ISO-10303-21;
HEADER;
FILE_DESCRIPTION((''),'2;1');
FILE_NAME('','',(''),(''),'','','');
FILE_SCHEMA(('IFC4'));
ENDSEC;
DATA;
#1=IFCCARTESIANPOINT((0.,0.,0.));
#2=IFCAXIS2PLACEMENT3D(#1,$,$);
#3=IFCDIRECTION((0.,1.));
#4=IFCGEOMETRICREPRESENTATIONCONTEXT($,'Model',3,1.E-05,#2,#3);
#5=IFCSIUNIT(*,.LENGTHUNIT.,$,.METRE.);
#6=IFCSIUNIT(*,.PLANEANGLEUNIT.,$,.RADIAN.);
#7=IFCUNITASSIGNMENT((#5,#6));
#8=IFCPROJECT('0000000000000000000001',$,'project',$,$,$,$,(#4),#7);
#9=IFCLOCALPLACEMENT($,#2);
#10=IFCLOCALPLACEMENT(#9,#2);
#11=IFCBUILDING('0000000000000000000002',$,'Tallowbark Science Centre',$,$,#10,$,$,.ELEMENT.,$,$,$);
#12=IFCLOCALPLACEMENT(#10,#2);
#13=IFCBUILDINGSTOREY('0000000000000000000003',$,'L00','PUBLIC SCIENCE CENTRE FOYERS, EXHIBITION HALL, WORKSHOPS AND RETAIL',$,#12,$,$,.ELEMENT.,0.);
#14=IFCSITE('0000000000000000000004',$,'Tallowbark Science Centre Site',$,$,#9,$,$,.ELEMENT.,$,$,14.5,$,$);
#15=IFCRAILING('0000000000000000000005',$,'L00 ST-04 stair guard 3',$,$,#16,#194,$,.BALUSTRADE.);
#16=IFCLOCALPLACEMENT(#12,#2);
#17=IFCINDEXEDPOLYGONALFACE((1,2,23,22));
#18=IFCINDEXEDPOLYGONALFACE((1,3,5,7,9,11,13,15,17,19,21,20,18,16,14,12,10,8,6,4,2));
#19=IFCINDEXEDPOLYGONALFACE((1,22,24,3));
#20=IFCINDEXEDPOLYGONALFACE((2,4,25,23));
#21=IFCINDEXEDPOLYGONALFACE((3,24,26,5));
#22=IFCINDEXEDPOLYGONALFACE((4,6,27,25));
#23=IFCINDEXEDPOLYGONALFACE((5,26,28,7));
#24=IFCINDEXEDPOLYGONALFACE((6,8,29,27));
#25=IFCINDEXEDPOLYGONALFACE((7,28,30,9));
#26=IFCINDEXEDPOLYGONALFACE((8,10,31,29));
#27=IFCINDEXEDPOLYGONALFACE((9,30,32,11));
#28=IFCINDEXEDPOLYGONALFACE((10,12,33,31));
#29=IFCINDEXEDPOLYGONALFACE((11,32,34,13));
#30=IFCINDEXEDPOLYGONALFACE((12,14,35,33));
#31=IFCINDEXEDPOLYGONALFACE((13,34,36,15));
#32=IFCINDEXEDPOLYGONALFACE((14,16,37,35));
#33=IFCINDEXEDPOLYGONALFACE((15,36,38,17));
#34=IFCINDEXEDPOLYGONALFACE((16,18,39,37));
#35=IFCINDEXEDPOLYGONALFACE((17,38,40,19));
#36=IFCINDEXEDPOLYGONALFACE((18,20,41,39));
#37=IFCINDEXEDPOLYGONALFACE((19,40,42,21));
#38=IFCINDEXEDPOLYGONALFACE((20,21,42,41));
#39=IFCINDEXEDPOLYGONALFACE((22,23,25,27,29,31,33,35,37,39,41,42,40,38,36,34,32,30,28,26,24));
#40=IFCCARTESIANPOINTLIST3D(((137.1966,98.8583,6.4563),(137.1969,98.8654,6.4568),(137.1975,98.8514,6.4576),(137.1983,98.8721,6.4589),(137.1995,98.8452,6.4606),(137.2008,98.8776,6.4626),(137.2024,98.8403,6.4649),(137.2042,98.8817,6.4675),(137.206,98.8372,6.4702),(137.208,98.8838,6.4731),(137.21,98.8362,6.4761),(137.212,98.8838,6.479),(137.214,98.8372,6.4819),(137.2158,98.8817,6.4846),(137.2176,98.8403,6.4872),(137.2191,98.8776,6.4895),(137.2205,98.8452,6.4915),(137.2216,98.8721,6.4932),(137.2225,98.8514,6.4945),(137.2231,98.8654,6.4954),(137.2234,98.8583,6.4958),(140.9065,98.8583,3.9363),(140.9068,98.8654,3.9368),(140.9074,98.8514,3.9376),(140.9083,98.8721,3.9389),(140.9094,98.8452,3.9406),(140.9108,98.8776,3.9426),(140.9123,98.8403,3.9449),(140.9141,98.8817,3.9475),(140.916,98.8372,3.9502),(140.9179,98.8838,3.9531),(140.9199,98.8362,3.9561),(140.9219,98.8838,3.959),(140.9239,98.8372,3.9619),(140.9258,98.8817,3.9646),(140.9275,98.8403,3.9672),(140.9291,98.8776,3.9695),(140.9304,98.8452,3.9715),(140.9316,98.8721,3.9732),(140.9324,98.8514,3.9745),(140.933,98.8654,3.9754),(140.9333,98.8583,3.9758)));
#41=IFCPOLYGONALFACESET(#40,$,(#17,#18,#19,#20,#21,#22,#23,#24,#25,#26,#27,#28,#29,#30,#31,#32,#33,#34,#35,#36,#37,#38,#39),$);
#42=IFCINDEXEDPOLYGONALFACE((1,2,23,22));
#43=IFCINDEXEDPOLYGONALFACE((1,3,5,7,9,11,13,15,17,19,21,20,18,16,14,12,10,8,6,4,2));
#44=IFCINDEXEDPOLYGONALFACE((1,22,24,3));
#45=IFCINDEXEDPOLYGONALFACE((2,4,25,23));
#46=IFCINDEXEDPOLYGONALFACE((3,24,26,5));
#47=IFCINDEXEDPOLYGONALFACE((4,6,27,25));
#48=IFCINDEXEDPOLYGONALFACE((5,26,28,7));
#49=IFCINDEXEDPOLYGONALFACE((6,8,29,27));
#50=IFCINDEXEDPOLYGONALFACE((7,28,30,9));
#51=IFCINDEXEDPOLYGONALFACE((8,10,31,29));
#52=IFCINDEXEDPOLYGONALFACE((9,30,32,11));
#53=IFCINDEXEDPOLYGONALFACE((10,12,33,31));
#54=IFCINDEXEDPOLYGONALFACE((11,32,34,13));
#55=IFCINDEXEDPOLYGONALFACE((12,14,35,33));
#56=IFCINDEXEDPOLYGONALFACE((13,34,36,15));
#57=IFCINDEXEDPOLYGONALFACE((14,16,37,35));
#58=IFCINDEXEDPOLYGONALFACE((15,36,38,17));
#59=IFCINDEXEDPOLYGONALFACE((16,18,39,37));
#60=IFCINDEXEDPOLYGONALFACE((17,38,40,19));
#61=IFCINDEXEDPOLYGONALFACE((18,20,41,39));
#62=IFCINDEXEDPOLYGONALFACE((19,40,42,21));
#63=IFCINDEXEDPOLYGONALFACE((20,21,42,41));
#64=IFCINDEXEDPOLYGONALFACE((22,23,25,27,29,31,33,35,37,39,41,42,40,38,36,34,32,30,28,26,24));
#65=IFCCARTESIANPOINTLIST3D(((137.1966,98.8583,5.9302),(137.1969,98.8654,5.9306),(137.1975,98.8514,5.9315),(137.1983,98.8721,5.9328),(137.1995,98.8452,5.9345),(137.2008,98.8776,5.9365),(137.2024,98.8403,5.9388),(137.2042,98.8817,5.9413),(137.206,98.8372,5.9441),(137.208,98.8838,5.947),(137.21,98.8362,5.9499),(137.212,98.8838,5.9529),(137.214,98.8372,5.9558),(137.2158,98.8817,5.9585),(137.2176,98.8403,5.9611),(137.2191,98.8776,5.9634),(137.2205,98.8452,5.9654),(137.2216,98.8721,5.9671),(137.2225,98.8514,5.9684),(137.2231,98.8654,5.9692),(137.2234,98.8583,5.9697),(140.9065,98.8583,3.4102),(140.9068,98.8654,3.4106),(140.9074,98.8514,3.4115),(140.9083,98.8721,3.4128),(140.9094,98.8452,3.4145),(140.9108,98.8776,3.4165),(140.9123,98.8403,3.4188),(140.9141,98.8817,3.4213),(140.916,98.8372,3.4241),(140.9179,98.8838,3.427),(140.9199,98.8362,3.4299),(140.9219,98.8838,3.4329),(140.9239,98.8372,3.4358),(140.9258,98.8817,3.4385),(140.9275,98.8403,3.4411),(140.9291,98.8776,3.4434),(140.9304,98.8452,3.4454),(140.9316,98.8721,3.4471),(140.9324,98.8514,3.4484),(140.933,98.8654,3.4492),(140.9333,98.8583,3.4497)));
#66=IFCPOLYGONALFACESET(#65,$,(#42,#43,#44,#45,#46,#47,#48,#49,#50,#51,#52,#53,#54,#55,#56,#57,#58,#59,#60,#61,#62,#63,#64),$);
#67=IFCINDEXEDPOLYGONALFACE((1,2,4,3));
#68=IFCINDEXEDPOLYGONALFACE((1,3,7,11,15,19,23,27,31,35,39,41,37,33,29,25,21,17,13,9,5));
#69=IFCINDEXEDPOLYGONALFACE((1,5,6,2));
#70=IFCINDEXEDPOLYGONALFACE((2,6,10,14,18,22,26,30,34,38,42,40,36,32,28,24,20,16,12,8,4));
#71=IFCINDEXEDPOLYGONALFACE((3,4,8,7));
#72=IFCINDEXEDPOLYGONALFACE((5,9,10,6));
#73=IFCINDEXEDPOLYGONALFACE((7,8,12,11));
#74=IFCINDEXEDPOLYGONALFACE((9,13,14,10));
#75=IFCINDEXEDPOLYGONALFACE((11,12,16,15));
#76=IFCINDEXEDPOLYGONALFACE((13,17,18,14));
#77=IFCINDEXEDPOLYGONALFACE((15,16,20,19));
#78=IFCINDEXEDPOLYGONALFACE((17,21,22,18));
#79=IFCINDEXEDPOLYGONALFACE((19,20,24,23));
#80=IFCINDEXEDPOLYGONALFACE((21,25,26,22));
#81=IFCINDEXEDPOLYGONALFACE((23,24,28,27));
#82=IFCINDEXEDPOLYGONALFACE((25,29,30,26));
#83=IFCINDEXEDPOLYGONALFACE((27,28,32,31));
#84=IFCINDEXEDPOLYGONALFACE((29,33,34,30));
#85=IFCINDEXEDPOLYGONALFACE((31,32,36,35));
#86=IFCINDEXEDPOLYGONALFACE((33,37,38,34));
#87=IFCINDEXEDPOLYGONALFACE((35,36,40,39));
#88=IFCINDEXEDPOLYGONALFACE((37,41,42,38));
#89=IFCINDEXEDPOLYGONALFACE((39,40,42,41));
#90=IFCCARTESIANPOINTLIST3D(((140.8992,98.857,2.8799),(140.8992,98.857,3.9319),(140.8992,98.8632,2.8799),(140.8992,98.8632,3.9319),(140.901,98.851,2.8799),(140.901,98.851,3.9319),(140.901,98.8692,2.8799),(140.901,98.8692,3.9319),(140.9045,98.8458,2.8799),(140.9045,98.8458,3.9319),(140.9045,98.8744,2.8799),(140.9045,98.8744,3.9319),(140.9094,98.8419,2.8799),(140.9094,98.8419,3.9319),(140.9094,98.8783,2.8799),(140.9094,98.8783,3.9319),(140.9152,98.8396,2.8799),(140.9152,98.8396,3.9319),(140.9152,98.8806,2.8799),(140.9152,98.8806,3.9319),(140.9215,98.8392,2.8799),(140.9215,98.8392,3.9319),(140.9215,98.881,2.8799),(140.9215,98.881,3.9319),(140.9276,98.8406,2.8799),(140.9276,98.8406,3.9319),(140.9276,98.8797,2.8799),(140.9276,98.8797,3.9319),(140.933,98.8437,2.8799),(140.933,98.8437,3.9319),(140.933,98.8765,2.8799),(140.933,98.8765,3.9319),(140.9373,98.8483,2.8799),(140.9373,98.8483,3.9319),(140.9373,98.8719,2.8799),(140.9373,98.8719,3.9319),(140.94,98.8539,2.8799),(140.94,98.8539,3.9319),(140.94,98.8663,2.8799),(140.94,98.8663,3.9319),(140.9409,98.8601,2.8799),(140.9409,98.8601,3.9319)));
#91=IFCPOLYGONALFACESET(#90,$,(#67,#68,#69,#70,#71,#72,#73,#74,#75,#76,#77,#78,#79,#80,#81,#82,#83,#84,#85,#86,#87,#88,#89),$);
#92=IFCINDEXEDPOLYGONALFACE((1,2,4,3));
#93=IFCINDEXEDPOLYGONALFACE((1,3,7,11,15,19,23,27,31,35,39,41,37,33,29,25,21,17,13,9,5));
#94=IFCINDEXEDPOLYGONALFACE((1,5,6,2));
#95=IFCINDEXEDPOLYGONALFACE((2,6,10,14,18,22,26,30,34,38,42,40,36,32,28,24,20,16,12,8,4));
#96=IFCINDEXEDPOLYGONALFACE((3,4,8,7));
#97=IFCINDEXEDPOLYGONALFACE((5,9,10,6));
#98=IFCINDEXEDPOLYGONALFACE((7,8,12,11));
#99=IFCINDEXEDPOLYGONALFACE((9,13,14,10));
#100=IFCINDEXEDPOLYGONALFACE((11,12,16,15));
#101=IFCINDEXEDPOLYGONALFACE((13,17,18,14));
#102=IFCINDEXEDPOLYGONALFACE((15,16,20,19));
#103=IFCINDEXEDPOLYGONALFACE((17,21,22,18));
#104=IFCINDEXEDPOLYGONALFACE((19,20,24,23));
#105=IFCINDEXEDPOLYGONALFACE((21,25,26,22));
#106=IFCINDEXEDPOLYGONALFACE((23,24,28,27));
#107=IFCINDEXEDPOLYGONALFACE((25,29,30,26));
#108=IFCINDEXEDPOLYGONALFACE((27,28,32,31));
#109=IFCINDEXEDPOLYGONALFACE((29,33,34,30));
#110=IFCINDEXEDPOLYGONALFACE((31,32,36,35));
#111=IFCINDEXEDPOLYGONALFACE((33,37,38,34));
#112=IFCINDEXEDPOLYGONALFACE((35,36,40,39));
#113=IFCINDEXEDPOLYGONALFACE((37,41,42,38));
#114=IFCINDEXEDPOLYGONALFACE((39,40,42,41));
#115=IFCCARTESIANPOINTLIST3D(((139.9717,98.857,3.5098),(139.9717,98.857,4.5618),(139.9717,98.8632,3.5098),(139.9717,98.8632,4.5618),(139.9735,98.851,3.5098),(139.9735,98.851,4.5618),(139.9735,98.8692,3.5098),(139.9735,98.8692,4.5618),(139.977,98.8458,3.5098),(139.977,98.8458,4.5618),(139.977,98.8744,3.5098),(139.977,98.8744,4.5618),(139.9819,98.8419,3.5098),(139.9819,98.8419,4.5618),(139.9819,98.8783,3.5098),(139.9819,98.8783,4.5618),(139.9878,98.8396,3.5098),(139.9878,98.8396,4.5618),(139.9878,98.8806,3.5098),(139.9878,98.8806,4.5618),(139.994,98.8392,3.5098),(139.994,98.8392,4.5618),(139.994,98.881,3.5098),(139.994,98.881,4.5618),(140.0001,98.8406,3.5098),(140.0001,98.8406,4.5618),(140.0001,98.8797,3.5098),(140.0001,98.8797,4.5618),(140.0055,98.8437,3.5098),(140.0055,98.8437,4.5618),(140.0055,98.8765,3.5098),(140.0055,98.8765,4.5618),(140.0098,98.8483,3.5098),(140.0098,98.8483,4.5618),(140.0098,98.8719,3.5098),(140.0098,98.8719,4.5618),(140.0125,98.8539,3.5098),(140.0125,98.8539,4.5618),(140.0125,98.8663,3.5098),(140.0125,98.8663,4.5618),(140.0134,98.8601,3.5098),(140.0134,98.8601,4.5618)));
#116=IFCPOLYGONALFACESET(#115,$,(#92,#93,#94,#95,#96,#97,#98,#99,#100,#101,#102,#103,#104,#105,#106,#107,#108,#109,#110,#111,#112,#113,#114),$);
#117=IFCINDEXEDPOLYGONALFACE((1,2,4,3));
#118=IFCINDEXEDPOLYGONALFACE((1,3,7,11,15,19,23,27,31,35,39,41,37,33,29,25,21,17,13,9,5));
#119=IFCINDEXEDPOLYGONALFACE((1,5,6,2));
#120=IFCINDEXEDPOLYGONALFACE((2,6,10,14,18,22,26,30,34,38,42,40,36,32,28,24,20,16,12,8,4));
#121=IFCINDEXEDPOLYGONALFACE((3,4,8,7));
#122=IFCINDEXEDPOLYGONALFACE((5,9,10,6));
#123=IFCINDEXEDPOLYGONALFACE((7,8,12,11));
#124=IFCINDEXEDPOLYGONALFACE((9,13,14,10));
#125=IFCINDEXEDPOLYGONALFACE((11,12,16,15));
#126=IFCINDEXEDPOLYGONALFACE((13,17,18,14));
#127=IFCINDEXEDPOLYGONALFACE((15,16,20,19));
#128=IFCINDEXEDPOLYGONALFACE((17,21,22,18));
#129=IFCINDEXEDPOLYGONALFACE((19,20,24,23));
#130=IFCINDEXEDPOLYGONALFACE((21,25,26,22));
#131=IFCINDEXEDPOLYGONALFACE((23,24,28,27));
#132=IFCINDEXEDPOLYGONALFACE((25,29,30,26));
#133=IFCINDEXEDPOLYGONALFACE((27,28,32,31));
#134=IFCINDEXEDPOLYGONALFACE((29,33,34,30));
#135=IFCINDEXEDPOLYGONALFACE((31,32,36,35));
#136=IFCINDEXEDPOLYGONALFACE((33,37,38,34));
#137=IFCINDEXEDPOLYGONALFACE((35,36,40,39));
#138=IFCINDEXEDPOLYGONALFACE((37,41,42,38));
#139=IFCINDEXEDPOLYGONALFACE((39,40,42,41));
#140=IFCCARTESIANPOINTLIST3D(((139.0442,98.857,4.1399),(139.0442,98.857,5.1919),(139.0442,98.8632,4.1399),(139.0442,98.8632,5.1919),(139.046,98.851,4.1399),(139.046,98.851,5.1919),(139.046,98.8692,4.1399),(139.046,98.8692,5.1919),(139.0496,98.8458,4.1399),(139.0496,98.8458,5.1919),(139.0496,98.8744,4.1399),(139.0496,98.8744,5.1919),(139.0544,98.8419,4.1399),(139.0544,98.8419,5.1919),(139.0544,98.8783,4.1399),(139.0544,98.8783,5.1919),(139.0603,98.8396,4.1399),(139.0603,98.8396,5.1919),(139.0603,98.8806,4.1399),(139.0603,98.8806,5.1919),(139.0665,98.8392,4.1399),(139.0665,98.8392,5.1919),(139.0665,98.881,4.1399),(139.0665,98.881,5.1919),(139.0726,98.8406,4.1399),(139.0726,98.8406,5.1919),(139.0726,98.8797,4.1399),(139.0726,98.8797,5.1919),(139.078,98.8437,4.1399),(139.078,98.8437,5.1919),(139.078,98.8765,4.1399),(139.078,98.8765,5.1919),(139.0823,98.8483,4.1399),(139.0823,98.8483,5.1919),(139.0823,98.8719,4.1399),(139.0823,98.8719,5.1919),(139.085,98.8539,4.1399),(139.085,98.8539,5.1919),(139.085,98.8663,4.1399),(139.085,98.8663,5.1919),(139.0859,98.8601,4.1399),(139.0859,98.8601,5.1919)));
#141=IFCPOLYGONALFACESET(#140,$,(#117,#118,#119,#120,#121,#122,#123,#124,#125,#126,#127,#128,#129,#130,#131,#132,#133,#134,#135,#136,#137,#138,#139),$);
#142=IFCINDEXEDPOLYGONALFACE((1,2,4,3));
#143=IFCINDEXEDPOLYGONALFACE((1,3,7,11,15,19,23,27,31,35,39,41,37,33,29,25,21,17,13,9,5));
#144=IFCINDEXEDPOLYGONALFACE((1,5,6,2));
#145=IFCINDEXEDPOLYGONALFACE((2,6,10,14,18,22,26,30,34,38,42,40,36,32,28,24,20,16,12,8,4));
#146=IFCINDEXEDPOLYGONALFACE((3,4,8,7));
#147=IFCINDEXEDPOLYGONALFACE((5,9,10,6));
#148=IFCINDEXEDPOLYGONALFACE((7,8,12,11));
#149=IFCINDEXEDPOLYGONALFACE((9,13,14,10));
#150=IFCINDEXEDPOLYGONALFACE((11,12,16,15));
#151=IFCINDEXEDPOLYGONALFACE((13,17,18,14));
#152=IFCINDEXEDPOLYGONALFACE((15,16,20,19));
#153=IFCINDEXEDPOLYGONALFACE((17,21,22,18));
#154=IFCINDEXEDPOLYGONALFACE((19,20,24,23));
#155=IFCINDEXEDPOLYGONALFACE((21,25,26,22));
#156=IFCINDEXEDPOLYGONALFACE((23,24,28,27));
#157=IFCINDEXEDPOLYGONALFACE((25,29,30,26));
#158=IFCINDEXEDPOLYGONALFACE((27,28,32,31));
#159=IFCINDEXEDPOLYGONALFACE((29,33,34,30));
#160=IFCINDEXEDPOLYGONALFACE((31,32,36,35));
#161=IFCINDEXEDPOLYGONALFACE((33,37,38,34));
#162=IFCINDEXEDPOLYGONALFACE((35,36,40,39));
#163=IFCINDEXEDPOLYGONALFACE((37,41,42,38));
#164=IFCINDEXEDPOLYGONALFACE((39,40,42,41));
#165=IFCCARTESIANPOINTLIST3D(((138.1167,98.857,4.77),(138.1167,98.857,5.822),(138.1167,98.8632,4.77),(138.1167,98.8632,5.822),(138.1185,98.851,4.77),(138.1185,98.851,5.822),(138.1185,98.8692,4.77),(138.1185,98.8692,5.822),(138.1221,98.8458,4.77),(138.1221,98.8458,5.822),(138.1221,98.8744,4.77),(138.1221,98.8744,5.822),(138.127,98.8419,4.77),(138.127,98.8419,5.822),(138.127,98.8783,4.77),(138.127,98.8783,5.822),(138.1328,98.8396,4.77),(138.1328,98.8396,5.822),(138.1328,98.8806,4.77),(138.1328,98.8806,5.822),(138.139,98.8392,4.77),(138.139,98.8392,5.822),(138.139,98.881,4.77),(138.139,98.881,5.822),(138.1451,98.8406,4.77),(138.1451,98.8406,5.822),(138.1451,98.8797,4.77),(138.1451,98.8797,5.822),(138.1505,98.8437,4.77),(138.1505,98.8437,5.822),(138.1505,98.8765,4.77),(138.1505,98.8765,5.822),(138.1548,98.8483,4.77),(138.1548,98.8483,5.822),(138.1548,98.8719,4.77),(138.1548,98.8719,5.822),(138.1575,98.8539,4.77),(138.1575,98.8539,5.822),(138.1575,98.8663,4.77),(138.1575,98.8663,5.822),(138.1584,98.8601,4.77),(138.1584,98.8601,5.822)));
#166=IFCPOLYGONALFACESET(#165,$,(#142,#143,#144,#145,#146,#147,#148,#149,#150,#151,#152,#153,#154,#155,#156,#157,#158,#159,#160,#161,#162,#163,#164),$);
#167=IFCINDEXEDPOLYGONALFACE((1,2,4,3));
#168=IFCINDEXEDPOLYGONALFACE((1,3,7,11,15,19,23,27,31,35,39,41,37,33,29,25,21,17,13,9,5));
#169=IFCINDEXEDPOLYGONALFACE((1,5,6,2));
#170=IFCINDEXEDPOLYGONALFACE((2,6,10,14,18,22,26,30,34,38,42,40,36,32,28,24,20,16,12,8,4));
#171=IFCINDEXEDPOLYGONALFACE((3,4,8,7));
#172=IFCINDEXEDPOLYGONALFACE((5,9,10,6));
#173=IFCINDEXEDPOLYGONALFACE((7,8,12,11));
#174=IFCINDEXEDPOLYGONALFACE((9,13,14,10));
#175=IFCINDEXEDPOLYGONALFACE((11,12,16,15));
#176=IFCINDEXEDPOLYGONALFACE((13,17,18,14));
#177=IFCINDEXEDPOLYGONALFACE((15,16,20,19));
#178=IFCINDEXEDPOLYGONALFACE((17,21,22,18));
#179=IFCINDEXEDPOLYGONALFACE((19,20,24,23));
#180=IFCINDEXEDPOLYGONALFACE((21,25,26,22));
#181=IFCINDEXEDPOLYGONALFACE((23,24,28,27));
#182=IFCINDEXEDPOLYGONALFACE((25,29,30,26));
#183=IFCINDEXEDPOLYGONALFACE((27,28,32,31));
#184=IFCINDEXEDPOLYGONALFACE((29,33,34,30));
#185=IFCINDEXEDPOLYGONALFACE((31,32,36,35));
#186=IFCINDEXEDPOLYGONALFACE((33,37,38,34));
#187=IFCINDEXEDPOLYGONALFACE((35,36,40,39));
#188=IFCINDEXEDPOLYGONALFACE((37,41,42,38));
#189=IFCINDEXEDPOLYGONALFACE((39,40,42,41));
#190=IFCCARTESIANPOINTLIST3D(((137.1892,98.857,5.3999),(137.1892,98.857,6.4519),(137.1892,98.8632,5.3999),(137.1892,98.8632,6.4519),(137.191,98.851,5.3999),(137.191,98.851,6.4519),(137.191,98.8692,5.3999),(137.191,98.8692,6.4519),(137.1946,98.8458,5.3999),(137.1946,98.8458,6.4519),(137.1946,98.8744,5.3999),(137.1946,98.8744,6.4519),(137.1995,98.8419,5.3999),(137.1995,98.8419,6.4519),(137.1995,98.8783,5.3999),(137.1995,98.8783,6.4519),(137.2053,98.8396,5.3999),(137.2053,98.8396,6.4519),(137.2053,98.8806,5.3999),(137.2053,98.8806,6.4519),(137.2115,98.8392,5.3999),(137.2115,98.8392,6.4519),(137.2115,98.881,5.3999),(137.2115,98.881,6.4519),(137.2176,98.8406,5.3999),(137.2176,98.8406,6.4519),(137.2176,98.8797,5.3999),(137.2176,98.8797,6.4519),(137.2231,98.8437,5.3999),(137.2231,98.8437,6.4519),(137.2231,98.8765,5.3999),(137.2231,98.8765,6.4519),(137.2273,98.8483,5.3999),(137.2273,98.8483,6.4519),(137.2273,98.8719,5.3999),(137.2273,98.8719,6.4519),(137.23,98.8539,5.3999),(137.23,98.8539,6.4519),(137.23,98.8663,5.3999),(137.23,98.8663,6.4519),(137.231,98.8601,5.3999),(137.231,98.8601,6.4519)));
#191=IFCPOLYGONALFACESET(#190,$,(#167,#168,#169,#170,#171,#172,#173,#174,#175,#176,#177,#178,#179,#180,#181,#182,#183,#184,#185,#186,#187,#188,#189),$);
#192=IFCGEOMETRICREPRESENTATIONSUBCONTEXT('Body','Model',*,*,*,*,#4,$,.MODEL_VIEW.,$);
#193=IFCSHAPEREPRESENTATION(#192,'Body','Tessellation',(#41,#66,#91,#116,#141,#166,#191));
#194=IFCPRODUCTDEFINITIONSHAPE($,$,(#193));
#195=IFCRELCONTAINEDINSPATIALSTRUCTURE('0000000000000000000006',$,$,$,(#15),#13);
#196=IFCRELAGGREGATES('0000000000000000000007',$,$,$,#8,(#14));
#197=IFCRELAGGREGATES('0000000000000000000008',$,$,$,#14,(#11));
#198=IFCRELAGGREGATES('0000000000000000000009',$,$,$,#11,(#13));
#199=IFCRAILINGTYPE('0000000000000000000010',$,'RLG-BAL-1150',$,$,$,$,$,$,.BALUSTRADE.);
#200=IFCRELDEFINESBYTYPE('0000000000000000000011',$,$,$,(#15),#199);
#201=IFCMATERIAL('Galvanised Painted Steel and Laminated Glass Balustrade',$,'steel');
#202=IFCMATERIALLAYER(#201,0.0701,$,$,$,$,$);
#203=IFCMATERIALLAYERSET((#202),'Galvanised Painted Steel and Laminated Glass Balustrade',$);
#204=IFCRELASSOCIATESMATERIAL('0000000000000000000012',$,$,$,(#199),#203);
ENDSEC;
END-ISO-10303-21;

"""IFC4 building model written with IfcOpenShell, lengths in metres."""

from ifc_helpers import new_model, si_unit, direction, frame, origin, origin_2d, place, context, subcontext, project, spatial, circle, extrude, material, layer, layer_set, type_object, element, save


model = new_model("IFC4")

# Units and contexts
model_context = context("Model", 3, precision=1e-05, world=origin(), true_north=direction((0.0, 1.0)))
body_context = subcontext(model_context, "Body", "Model", "MODEL_VIEW")
ifc_project = project(units=[si_unit("LENGTHUNIT", "METRE"), si_unit("PLANEANGLEUNIT", "RADIAN")], contexts=[model_context])

# Site, building, storey
site_placement = place(None, origin())
site = spatial("IfcSite", under=ifc_project, at=site_placement, Name="Tallowbark Science Centre Site", CompositionType="ELEMENT", RefElevation=14.5)
building_placement = place(site_placement, origin())
building = spatial("IfcBuilding", under=site, at=building_placement, Name="Tallowbark Science Centre", CompositionType="ELEMENT")
storey_placement = place(building_placement, origin())
storey = spatial("IfcBuildingStorey", under=building, at=storey_placement, Name="L00", Description="PUBLIC SCIENCE CENTRE FOYERS, EXHIBITION HALL, WORKSHOPS AND RETAIL", CompositionType="ELEMENT", Elevation=0.0)

# Railing
ifc_material_1 = material(Name="Galvanised Painted Steel and Laminated Glass Balustrade", Category="steel")
ifc_layer_1 = layer(ifc_material_1, 0.0701)
ifc_layer_set_1 = layer_set([ifc_layer_1], Name="Galvanised Painted Steel and Laminated Glass Balustrade")
railing_type_1 = type_object("IfcRailingType", Name="RLG-BAL-1150", PredefinedType="BALUSTRADE", material=ifc_layer_set_1)
railing_1_placement = place(storey_placement, frame((140.9199, 98.8601, 2.8799)))
element("IfcRailing", 1, at=railing_1_placement, inside=storey, type_object=railing_type_1, Name="L00 ST-04 stair guard 3", PredefinedType="BALUSTRADE", context=body_context, shape_type="SweptSolid", body=[
    extrude(circle(Radius=0.0239, at=origin_2d()), frame((0.0, 0.0, 1.0762), z_axis=(-0.827212, 0.0, 0.56189), x_axis=(0.0, -1.0, 0.0)), (0.0, 0.0, 1.0), 4.4849),
    extrude(circle(Radius=0.0239, at=origin_2d()), frame((0.0, 0.0, 0.55), z_axis=(-0.827212, 0.0, 0.56189), x_axis=(0.0, -1.0, 0.0)), (0.0, 0.0, 1.0), 4.4849),
    extrude(circle(Radius=0.021, at=origin_2d()), origin(), (0.0, 0.0, 1.0), 1.052),
    extrude(circle(Radius=0.021, at=origin_2d()), frame((-0.9275, 0.0, 0.6299)), (0.0, 0.0, 1.0), 1.052),
    extrude(circle(Radius=0.021, at=origin_2d()), frame((-1.855, 0.0, 1.26)), (0.0, 0.0, 1.0), 1.052),
    extrude(circle(Radius=0.021, at=origin_2d()), frame((-2.7825, 0.0, 1.8901)), (0.0, 0.0, 1.0), 1.052),
    extrude(circle(Radius=0.021, at=origin_2d()), frame((-3.71, 0.0, 2.52)), (0.0, 0.0, 1.0), 1.052),
])

save(model, "model.ifc")
